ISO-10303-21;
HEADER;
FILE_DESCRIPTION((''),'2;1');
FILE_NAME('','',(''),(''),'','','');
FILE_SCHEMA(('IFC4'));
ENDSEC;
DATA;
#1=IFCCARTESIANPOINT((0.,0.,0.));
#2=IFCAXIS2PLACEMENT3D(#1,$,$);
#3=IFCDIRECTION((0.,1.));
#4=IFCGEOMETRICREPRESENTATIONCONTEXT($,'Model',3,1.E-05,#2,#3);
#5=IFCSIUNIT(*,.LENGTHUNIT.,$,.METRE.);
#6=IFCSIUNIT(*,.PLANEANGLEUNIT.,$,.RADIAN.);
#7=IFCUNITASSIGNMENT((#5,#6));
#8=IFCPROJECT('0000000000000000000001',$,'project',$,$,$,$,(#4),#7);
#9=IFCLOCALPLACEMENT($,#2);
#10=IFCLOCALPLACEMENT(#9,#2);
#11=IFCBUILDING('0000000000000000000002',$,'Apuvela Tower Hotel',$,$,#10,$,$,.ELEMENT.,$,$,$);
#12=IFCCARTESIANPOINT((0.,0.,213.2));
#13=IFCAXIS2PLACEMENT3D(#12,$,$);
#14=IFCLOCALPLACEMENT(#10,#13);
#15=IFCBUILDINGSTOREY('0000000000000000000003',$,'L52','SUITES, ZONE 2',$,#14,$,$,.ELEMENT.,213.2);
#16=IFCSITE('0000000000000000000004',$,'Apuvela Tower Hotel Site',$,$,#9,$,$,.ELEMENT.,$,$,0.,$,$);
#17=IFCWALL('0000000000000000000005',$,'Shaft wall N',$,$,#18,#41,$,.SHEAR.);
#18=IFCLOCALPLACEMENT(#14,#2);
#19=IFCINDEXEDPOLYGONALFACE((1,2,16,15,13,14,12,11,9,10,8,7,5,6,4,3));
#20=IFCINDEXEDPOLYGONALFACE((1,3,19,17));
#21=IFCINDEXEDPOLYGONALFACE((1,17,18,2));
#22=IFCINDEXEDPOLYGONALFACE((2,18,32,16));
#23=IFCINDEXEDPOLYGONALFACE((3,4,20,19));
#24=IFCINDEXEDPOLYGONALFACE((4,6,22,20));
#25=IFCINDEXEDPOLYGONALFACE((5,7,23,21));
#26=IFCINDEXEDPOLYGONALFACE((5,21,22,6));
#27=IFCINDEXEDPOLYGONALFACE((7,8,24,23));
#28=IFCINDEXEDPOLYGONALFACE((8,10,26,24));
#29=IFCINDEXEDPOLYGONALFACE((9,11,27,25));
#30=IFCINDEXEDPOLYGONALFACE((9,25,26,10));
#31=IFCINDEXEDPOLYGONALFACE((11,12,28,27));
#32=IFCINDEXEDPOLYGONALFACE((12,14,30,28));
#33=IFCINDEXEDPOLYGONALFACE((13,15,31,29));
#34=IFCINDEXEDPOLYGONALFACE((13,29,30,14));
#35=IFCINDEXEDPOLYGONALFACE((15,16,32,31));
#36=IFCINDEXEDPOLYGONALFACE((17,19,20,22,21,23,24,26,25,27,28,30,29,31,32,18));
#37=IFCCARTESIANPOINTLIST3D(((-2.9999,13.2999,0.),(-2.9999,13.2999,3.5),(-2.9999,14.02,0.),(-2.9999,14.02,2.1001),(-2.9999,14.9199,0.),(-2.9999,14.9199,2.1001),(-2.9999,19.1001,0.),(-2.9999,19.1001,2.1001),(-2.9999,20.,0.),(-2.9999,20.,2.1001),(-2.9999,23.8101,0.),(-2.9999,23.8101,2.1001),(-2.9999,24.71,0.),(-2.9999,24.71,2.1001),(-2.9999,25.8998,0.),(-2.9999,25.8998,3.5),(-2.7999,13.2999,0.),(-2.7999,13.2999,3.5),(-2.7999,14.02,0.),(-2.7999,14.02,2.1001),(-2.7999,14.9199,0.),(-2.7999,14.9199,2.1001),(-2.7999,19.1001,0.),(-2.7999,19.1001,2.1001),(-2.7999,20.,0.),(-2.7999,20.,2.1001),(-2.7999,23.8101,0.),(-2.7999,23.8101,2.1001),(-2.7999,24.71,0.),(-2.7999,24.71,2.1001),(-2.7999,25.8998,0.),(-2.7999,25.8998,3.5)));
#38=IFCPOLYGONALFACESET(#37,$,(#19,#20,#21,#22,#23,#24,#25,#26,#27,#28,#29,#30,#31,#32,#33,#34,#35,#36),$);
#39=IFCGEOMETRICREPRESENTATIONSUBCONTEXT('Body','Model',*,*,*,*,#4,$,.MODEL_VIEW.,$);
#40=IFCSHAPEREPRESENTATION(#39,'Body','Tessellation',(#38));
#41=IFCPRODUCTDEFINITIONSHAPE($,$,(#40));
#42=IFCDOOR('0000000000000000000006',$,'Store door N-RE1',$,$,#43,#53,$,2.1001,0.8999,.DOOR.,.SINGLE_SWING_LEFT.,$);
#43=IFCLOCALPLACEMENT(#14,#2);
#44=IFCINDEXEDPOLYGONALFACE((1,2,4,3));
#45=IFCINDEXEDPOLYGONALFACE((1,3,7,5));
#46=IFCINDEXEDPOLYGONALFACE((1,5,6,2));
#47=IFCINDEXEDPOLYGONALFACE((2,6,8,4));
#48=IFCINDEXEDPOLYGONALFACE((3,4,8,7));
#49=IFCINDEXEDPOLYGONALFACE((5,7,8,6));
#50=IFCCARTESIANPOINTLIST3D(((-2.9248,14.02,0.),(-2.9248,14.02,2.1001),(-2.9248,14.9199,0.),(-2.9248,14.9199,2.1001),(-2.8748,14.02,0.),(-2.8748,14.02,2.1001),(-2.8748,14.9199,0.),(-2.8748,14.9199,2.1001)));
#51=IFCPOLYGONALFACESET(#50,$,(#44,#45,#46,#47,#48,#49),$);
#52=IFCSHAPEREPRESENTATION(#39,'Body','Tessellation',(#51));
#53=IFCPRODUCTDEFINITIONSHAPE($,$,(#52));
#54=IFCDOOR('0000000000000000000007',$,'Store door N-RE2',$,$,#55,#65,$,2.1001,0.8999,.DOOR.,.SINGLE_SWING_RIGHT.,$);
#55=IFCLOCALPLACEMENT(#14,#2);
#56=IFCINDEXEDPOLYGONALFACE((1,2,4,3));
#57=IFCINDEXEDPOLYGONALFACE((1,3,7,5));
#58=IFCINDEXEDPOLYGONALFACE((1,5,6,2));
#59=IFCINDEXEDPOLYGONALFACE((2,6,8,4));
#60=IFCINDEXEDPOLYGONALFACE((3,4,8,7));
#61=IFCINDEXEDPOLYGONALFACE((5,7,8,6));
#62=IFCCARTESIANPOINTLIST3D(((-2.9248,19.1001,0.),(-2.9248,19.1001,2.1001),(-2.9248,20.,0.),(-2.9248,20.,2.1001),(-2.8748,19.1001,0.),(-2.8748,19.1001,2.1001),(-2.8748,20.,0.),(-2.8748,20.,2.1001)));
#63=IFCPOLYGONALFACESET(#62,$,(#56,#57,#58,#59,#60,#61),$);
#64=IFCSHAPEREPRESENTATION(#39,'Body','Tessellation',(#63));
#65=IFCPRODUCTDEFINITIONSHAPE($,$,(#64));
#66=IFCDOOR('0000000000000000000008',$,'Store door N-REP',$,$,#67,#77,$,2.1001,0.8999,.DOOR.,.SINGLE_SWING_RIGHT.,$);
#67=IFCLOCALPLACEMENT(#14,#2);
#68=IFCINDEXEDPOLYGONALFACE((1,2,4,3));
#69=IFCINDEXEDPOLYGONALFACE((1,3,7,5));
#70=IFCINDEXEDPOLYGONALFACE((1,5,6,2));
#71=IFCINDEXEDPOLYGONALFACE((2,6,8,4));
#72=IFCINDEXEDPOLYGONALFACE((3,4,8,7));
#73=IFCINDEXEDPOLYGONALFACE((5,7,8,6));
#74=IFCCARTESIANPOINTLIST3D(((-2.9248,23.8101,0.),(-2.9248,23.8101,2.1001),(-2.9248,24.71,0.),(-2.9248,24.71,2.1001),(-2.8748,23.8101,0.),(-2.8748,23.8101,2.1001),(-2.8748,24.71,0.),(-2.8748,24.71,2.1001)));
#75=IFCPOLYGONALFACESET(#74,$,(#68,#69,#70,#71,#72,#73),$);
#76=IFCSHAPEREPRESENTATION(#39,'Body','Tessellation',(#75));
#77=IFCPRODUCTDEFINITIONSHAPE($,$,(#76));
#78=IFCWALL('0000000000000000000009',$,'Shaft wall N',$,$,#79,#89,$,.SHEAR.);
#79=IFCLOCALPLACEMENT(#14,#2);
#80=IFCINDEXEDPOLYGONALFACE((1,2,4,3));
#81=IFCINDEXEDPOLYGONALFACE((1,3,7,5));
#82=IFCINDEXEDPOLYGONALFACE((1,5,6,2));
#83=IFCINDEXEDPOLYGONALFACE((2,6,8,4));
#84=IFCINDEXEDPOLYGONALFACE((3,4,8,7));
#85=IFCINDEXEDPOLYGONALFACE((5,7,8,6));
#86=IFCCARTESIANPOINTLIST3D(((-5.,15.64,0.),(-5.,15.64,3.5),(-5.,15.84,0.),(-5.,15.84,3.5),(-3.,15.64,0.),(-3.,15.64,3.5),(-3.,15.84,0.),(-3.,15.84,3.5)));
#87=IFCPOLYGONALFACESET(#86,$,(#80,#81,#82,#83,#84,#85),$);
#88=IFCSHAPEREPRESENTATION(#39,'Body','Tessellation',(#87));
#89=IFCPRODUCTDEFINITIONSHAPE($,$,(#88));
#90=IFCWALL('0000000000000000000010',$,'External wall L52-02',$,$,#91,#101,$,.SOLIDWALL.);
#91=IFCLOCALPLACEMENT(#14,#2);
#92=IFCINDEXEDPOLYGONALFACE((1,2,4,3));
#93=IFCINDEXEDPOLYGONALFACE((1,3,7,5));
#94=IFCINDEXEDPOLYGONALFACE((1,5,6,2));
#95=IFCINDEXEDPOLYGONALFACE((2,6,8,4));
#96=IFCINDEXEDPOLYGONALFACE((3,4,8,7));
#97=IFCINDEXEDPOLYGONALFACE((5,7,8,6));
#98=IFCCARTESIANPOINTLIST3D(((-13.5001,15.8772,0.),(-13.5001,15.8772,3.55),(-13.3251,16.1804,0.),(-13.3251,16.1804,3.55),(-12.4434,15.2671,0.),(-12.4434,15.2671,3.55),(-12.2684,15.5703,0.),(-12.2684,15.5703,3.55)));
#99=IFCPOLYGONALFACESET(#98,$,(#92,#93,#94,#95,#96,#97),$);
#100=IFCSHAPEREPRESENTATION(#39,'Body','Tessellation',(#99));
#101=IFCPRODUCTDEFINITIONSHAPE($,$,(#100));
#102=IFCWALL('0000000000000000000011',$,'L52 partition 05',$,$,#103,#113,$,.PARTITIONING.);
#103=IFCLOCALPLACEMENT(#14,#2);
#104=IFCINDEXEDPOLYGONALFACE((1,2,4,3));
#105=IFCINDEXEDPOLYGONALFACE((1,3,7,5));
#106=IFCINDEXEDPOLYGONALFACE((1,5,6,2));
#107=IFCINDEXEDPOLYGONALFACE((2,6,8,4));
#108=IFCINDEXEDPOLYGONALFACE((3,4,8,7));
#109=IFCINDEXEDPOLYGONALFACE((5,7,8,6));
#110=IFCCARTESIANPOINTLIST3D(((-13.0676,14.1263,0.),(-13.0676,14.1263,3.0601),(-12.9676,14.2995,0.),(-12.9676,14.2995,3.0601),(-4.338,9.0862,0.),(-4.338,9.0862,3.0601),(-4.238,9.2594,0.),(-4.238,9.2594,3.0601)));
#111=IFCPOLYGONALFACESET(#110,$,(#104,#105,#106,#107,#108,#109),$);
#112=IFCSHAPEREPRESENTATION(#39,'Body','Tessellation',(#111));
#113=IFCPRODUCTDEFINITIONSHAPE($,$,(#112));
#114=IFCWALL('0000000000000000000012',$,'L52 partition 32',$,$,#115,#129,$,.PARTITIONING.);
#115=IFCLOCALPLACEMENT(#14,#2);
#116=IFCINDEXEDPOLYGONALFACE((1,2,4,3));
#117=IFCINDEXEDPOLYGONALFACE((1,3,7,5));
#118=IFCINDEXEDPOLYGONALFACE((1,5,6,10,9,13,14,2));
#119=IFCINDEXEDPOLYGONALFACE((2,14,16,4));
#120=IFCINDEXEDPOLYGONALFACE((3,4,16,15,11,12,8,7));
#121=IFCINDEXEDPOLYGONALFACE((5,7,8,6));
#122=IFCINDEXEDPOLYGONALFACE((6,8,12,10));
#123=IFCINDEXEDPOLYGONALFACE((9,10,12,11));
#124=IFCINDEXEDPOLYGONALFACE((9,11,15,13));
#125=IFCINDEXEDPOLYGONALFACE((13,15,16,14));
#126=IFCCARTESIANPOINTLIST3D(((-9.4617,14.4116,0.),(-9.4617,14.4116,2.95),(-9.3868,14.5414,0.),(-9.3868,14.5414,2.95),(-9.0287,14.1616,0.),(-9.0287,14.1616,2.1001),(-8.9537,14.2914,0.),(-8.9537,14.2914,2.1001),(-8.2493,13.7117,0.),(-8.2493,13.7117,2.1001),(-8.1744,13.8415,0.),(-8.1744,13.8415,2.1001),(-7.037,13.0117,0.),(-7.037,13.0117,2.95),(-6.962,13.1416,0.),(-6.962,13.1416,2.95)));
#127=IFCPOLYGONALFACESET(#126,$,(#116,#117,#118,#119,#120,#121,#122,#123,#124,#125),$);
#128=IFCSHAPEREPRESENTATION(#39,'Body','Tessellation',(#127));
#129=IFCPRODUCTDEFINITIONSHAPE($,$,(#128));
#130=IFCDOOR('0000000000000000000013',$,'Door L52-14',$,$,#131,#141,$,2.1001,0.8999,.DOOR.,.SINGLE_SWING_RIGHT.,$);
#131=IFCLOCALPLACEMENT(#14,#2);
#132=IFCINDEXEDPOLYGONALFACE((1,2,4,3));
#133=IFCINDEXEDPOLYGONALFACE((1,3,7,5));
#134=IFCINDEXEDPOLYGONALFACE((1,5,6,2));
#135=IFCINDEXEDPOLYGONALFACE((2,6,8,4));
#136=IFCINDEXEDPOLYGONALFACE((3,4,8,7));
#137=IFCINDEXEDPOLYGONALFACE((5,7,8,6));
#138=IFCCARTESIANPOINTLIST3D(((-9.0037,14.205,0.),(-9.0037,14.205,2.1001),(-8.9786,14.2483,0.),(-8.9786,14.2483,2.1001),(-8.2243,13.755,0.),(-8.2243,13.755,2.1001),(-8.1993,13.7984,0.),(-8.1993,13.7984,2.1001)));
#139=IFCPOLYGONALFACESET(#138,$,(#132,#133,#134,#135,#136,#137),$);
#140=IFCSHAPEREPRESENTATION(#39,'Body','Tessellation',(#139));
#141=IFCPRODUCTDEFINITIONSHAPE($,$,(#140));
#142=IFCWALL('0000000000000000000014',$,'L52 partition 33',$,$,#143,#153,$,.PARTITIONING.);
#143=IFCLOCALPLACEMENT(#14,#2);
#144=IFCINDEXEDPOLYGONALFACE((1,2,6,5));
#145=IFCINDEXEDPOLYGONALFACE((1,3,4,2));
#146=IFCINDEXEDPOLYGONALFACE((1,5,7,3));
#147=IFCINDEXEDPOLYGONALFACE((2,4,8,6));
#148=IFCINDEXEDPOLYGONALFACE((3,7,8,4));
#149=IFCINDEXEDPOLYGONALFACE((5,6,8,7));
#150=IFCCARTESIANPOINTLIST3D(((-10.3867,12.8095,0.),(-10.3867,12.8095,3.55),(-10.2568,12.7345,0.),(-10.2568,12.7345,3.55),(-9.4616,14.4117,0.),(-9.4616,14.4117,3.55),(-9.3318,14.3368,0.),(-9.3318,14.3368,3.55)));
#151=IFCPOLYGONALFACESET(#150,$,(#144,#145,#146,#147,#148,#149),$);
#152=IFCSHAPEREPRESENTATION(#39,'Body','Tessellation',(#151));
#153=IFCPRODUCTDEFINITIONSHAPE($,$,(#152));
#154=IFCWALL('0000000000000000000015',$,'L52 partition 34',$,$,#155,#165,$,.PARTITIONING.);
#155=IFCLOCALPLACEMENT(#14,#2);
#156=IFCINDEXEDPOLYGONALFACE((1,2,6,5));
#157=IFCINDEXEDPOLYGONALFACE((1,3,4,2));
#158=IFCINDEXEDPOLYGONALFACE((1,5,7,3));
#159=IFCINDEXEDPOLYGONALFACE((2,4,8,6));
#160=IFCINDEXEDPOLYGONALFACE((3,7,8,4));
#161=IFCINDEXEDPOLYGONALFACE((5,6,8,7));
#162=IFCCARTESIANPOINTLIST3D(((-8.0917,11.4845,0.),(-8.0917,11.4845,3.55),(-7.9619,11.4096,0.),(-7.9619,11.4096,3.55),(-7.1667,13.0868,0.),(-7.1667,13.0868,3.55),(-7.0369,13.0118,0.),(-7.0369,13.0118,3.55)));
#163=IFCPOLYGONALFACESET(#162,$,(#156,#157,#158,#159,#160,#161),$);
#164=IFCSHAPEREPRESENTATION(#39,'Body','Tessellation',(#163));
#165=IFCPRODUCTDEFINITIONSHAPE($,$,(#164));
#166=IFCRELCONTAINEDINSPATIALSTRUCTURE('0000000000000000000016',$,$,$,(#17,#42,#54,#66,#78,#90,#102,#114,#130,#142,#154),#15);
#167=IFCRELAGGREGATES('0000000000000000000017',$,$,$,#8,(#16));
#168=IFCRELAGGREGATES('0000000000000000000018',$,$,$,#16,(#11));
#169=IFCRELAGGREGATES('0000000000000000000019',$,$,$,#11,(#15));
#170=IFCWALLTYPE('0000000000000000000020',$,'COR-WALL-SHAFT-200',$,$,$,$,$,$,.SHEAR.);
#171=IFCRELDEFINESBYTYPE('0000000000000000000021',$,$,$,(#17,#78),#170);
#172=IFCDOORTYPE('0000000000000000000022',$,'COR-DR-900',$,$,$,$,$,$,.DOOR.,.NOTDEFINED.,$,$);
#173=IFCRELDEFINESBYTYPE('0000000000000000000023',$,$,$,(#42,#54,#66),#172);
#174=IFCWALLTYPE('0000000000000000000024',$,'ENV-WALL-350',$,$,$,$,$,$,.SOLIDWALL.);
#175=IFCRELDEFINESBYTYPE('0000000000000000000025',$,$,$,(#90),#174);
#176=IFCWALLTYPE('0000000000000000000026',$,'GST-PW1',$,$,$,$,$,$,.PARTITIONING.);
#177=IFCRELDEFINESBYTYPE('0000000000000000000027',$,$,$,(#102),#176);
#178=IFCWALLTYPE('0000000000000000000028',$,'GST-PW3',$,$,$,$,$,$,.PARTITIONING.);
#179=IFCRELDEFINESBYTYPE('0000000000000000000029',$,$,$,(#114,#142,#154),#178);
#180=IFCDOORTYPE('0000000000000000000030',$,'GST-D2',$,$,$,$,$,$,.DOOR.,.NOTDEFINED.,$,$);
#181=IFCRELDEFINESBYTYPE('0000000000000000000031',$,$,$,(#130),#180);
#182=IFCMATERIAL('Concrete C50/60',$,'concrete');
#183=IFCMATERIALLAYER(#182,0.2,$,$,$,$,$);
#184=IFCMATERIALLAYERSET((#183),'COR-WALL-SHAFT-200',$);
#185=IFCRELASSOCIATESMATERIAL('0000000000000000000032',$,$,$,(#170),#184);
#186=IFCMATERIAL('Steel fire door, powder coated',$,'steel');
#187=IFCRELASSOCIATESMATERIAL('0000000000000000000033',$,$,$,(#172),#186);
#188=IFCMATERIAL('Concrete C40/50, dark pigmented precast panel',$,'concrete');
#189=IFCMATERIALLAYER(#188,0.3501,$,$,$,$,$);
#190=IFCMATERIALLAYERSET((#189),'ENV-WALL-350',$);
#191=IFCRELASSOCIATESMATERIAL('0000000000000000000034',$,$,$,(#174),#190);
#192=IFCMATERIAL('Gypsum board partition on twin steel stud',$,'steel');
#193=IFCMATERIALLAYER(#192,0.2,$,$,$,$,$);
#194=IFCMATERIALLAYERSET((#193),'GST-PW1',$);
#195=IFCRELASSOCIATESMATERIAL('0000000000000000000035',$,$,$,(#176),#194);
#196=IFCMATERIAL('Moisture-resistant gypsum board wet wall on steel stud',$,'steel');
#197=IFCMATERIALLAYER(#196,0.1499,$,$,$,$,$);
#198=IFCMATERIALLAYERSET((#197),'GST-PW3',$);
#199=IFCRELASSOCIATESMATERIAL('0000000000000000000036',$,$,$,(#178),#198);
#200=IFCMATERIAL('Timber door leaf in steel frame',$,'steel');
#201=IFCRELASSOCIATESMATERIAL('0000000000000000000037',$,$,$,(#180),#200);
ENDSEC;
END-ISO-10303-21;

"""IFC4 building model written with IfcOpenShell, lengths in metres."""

from ifc_helpers import new_model, si_unit, direction, frame, frame_2d, origin, place, context, subcontext, project, spatial, rectangle, extrude, material, layer, layer_set, type_object, element, fill, save


model = new_model("IFC4")

# Units and contexts
model_context = context("Model", 3, precision=1e-05, world=origin(), true_north=direction((0.0, 1.0)))
body_context = subcontext(model_context, "Body", "Model", "MODEL_VIEW")
ifc_project = project(units=[si_unit("LENGTHUNIT", "METRE"), si_unit("PLANEANGLEUNIT", "RADIAN")], contexts=[model_context])

# Site, building, storey
site_placement = place(None, origin())
site = spatial("IfcSite", under=ifc_project, at=site_placement, Name="Apuvela Tower Hotel Site", CompositionType="ELEMENT", RefElevation=0.0)
building_placement = place(site_placement, origin())
building = spatial("IfcBuilding", under=site, at=building_placement, Name="Apuvela Tower Hotel", CompositionType="ELEMENT")
storey_placement = place(building_placement, frame((0.0, 0.0, 213.2)))
storey = spatial("IfcBuildingStorey", under=building, at=storey_placement, Name="L52", Description="SUITES, ZONE 2", CompositionType="ELEMENT", Elevation=213.2)

# Shared definitions
ifc_material_1 = material(Name="Concrete C50/60", Category="concrete")
ifc_layer_1 = layer(ifc_material_1, 0.2)
ifc_layer_set_1 = layer_set([ifc_layer_1], Name="COR-WALL-SHAFT-200")
wall_type_1 = type_object("IfcWallType", Name="COR-WALL-SHAFT-200", PredefinedType="SHEAR", material=ifc_layer_set_1)

# Wall, openings, doors
wall_1_placement = place(storey_placement, frame((-2.8999, 13.3, 0.0), z_axis=(0.0, 0.0, 1.0), x_axis=(0.0, 1.0, 0.0)))
wall_1 = element("IfcWall", 1, at=wall_1_placement, inside=storey, type_object=wall_type_1, Name="Shaft wall N", PredefinedType="SHEAR", context=body_context, shape_type="SweptSolid", body=[
    extrude(rectangle(XDim=12.5999, YDim=0.2, at=frame_2d((6.2998, 0.0))), origin(), (0.0, 0.0, 1.0), 3.5),
])
opening_1_placement = place(wall_1_placement, frame((0.72, 0.0, 0.0)))
opening_1 = element("IfcOpeningElement", 2, at=opening_1_placement, cuts=wall_1, PredefinedType="OPENING", context=body_context, shape_type="SweptSolid", body=[
    extrude(rectangle(XDim=0.8999, YDim=2.1001, at=frame_2d((0.45, 1.05))), frame((0.0, 0.1099, 0.0), z_axis=(0.0, -1.0, 0.0), x_axis=(1.0, 0.0, 0.0)), (0.0, 0.0, 1.0), 0.22),
])
opening_2_placement = place(wall_1_placement, frame((5.8, 0.0, 0.0)))
opening_2 = element("IfcOpeningElement", 3, at=opening_2_placement, cuts=wall_1, PredefinedType="OPENING", context=body_context, shape_type="SweptSolid", body=[
    extrude(rectangle(XDim=0.8999, YDim=2.1001, at=frame_2d((0.45, 1.05))), frame((0.0, 0.1099, 0.0), z_axis=(0.0, -1.0, 0.0), x_axis=(1.0, 0.0, 0.0)), (0.0, 0.0, 1.0), 0.22),
])
opening_3_placement = place(wall_1_placement, frame((10.51, 0.0, 0.0)))
opening_3 = element("IfcOpeningElement", 4, at=opening_3_placement, cuts=wall_1, PredefinedType="OPENING", context=body_context, shape_type="SweptSolid", body=[
    extrude(rectangle(XDim=0.8999, YDim=2.1001, at=frame_2d((0.45, 1.05))), frame((0.0, 0.1099, 0.0), z_axis=(0.0, -1.0, 0.0), x_axis=(1.0, 0.0, 0.0)), (0.0, 0.0, 1.0), 0.22),
])
ifc_material_2 = material(Name="Steel fire door, powder coated", Category="steel")
door_type_1 = type_object("IfcDoorType", Name="COR-DR-900", OperationType="NOTDEFINED", PredefinedType="DOOR", material=ifc_material_2)
door_1_placement = place(opening_1_placement, origin())
door_1 = element("IfcDoor", 5, at=door_1_placement, inside=storey, type_object=door_type_1, Name="Store door N-RE1", OperationType="SINGLE_SWING_LEFT", OverallHeight=2.1001, OverallWidth=0.8999, PredefinedType="DOOR", context=body_context, shape_type="SweptSolid", body=[
    extrude(rectangle(XDim=0.8999, YDim=2.1001, at=frame_2d((0.45, 1.05))), frame((0.0, 0.0249, 0.0), z_axis=(0.0, -1.0, 0.0), x_axis=(1.0, 0.0, 0.0)), (0.0, 0.0, 1.0), 0.05),
])
fill(opening_1, door_1)
door_2_placement = place(opening_2_placement, origin())
door_2 = element("IfcDoor", 6, at=door_2_placement, inside=storey, type_object=door_type_1, Name="Store door N-RE2", OperationType="SINGLE_SWING_RIGHT", OverallHeight=2.1001, OverallWidth=0.8999, PredefinedType="DOOR", context=body_context, shape_type="SweptSolid", body=[
    extrude(rectangle(XDim=0.8999, YDim=2.1001, at=frame_2d((0.45, 1.05))), frame((0.0, 0.0249, 0.0), z_axis=(0.0, -1.0, 0.0), x_axis=(1.0, 0.0, 0.0)), (0.0, 0.0, 1.0), 0.05),
])
fill(opening_2, door_2)
door_3_placement = place(opening_3_placement, origin())
door_3 = element("IfcDoor", 7, at=door_3_placement, inside=storey, type_object=door_type_1, Name="Store door N-REP", OperationType="SINGLE_SWING_RIGHT", OverallHeight=2.1001, OverallWidth=0.8999, PredefinedType="DOOR", context=body_context, shape_type="SweptSolid", body=[
    extrude(rectangle(XDim=0.8999, YDim=2.1001, at=frame_2d((0.45, 1.05))), frame((0.0, 0.0249, 0.0), z_axis=(0.0, -1.0, 0.0), x_axis=(1.0, 0.0, 0.0)), (0.0, 0.0, 1.0), 0.05),
])
fill(opening_3, door_3)

# Walls
wall_2_placement = place(storey_placement, frame((-3.0, 15.74, 0.0), z_axis=(0.0, 0.0, 1.0), x_axis=(-1.0, 0.0, 0.0)))
element("IfcWall", 8, at=wall_2_placement, inside=storey, type_object=wall_type_1, Name="Shaft wall N", PredefinedType="SHEAR", context=body_context, shape_type="SweptSolid", body=[
    extrude(rectangle(XDim=2.0, YDim=0.2, at=frame_2d((1.0, 0.0))), origin(), (0.0, 0.0, 1.0), 3.5),
])
ifc_material_3 = material(Name="Concrete C40/50, dark pigmented precast panel", Category="concrete")
ifc_layer_2 = layer(ifc_material_3, 0.3501)
ifc_layer_set_2 = layer_set([ifc_layer_2], Name="ENV-WALL-350")
wall_type_2 = type_object("IfcWallType", Name="ENV-WALL-350", PredefinedType="SOLIDWALL", material=ifc_layer_set_2)
wall_3_placement = place(storey_placement, frame((-13.4126, 16.0288, 0.0), z_axis=(0.0, 0.0, 1.0), x_axis=(0.866006, -0.500034, 0.0)))
element("IfcWall", 9, at=wall_3_placement, inside=storey, type_object=wall_type_2, Name="External wall L52-02", PredefinedType="SOLIDWALL", context=body_context, shape_type="SweptSolid", body=[
    extrude(rectangle(XDim=1.2202, YDim=0.3501, at=frame_2d((0.6101, 0.0))), origin(), (0.0, 0.0, 1.0), 3.55),
])

# Wall
ifc_material_4 = material(Name="Gypsum board partition on twin steel stud", Category="steel")
ifc_layer_3 = layer(ifc_material_4, 0.2)
ifc_layer_set_3 = layer_set([ifc_layer_3], Name="GST-PW1")
wall_type_3 = type_object("IfcWallType", Name="GST-PW1", PredefinedType="PARTITIONING", material=ifc_layer_set_3)
wall_4_placement = place(storey_placement, frame((-13.0176, 14.2129, 0.0), z_axis=(0.0, 0.0, 1.0), x_axis=(0.866023, -0.500005, 0.0)))
element("IfcWall", 10, at=wall_4_placement, inside=storey, type_object=wall_type_3, Name="L52 partition 05", PredefinedType="PARTITIONING", context=body_context, shape_type="SweptSolid", body=[
    extrude(rectangle(XDim=10.0801, YDim=0.2, at=frame_2d((5.04, 0.0))), origin(), (0.0, 0.0, 1.0), 3.0601),
])

# Wall, opening, door
ifc_material_5 = material(Name="Moisture-resistant gypsum board wet wall on steel stud", Category="steel")
ifc_layer_4 = layer(ifc_material_5, 0.1499)
ifc_layer_set_4 = layer_set([ifc_layer_4], Name="GST-PW3")
wall_type_4 = type_object("IfcWallType", Name="GST-PW3", PredefinedType="PARTITIONING", material=ifc_layer_set_4)
wall_5_placement = place(storey_placement, frame((-6.9995, 13.0767, 0.0), z_axis=(0.0, 0.0, 1.0), x_axis=(-0.866035, 0.499984, 0.0)))
wall_5 = element("IfcWall", 11, at=wall_5_placement, inside=storey, type_object=wall_type_4, Name="L52 partition 32", PredefinedType="PARTITIONING", context=body_context, shape_type="SweptSolid", body=[
    extrude(rectangle(XDim=2.7998, YDim=0.1499, at=frame_2d((1.3999, 0.0))), origin(), (0.0, 0.0, 1.0), 2.95),
])
opening_4_placement = place(wall_5_placement, frame((1.3999, 0.0, 0.0)))
opening_4 = element("IfcOpeningElement", 12, at=opening_4_placement, cuts=wall_5, PredefinedType="OPENING", context=body_context, shape_type="SweptSolid", body=[
    extrude(rectangle(XDim=0.8999, YDim=2.1001, at=frame_2d((0.45, 1.05))), frame((0.0, 0.085, 0.0), z_axis=(0.0, -1.0, 0.0), x_axis=(1.0, 0.0, 0.0)), (0.0, 0.0, 1.0), 0.1699),
])
ifc_material_6 = material(Name="Timber door leaf in steel frame", Category="steel")
door_type_2 = type_object("IfcDoorType", Name="GST-D2", OperationType="NOTDEFINED", PredefinedType="DOOR", material=ifc_material_6)
door_4_placement = place(opening_4_placement, origin())
door_4 = element("IfcDoor", 13, at=door_4_placement, inside=storey, type_object=door_type_2, Name="Door L52-14", OperationType="SINGLE_SWING_RIGHT", OverallHeight=2.1001, OverallWidth=0.8999, PredefinedType="DOOR", context=body_context, shape_type="SweptSolid", body=[
    extrude(rectangle(XDim=0.8999, YDim=2.1001, at=frame_2d((0.45, 1.05))), frame((0.0, 0.0249, 0.0), z_axis=(0.0, -1.0, 0.0), x_axis=(1.0, 0.0, 0.0)), (0.0, 0.0, 1.0), 0.05),
])
fill(opening_4, door_4)

# Walls
for number, where, z_axis, x_axis, name in (
    (14, (-9.3967, 14.3743, 0.0), (0.0, 0.0, 1.0), (-0.499985, -0.866034, 0.0), "L52 partition 33"),
    (15, (-7.1018, 13.0493, 0.0), (0.0, 0.0, 1.0), (-0.499985, -0.866034, 0.0), "L52 partition 34"),
):
    element("IfcWall", number, at=place(storey_placement, frame(where, z_axis=z_axis, x_axis=x_axis)), inside=storey, type_object=wall_type_4, Name=name, PredefinedType="PARTITIONING", context=body_context, shape_type="SweptSolid", body=[
        extrude(rectangle(XDim=1.8501, YDim=0.1499, at=frame_2d((0.925, 0.0))), origin(), (0.0, 0.0, 1.0), 3.55),
    ])

save(model, "model.ifc")
